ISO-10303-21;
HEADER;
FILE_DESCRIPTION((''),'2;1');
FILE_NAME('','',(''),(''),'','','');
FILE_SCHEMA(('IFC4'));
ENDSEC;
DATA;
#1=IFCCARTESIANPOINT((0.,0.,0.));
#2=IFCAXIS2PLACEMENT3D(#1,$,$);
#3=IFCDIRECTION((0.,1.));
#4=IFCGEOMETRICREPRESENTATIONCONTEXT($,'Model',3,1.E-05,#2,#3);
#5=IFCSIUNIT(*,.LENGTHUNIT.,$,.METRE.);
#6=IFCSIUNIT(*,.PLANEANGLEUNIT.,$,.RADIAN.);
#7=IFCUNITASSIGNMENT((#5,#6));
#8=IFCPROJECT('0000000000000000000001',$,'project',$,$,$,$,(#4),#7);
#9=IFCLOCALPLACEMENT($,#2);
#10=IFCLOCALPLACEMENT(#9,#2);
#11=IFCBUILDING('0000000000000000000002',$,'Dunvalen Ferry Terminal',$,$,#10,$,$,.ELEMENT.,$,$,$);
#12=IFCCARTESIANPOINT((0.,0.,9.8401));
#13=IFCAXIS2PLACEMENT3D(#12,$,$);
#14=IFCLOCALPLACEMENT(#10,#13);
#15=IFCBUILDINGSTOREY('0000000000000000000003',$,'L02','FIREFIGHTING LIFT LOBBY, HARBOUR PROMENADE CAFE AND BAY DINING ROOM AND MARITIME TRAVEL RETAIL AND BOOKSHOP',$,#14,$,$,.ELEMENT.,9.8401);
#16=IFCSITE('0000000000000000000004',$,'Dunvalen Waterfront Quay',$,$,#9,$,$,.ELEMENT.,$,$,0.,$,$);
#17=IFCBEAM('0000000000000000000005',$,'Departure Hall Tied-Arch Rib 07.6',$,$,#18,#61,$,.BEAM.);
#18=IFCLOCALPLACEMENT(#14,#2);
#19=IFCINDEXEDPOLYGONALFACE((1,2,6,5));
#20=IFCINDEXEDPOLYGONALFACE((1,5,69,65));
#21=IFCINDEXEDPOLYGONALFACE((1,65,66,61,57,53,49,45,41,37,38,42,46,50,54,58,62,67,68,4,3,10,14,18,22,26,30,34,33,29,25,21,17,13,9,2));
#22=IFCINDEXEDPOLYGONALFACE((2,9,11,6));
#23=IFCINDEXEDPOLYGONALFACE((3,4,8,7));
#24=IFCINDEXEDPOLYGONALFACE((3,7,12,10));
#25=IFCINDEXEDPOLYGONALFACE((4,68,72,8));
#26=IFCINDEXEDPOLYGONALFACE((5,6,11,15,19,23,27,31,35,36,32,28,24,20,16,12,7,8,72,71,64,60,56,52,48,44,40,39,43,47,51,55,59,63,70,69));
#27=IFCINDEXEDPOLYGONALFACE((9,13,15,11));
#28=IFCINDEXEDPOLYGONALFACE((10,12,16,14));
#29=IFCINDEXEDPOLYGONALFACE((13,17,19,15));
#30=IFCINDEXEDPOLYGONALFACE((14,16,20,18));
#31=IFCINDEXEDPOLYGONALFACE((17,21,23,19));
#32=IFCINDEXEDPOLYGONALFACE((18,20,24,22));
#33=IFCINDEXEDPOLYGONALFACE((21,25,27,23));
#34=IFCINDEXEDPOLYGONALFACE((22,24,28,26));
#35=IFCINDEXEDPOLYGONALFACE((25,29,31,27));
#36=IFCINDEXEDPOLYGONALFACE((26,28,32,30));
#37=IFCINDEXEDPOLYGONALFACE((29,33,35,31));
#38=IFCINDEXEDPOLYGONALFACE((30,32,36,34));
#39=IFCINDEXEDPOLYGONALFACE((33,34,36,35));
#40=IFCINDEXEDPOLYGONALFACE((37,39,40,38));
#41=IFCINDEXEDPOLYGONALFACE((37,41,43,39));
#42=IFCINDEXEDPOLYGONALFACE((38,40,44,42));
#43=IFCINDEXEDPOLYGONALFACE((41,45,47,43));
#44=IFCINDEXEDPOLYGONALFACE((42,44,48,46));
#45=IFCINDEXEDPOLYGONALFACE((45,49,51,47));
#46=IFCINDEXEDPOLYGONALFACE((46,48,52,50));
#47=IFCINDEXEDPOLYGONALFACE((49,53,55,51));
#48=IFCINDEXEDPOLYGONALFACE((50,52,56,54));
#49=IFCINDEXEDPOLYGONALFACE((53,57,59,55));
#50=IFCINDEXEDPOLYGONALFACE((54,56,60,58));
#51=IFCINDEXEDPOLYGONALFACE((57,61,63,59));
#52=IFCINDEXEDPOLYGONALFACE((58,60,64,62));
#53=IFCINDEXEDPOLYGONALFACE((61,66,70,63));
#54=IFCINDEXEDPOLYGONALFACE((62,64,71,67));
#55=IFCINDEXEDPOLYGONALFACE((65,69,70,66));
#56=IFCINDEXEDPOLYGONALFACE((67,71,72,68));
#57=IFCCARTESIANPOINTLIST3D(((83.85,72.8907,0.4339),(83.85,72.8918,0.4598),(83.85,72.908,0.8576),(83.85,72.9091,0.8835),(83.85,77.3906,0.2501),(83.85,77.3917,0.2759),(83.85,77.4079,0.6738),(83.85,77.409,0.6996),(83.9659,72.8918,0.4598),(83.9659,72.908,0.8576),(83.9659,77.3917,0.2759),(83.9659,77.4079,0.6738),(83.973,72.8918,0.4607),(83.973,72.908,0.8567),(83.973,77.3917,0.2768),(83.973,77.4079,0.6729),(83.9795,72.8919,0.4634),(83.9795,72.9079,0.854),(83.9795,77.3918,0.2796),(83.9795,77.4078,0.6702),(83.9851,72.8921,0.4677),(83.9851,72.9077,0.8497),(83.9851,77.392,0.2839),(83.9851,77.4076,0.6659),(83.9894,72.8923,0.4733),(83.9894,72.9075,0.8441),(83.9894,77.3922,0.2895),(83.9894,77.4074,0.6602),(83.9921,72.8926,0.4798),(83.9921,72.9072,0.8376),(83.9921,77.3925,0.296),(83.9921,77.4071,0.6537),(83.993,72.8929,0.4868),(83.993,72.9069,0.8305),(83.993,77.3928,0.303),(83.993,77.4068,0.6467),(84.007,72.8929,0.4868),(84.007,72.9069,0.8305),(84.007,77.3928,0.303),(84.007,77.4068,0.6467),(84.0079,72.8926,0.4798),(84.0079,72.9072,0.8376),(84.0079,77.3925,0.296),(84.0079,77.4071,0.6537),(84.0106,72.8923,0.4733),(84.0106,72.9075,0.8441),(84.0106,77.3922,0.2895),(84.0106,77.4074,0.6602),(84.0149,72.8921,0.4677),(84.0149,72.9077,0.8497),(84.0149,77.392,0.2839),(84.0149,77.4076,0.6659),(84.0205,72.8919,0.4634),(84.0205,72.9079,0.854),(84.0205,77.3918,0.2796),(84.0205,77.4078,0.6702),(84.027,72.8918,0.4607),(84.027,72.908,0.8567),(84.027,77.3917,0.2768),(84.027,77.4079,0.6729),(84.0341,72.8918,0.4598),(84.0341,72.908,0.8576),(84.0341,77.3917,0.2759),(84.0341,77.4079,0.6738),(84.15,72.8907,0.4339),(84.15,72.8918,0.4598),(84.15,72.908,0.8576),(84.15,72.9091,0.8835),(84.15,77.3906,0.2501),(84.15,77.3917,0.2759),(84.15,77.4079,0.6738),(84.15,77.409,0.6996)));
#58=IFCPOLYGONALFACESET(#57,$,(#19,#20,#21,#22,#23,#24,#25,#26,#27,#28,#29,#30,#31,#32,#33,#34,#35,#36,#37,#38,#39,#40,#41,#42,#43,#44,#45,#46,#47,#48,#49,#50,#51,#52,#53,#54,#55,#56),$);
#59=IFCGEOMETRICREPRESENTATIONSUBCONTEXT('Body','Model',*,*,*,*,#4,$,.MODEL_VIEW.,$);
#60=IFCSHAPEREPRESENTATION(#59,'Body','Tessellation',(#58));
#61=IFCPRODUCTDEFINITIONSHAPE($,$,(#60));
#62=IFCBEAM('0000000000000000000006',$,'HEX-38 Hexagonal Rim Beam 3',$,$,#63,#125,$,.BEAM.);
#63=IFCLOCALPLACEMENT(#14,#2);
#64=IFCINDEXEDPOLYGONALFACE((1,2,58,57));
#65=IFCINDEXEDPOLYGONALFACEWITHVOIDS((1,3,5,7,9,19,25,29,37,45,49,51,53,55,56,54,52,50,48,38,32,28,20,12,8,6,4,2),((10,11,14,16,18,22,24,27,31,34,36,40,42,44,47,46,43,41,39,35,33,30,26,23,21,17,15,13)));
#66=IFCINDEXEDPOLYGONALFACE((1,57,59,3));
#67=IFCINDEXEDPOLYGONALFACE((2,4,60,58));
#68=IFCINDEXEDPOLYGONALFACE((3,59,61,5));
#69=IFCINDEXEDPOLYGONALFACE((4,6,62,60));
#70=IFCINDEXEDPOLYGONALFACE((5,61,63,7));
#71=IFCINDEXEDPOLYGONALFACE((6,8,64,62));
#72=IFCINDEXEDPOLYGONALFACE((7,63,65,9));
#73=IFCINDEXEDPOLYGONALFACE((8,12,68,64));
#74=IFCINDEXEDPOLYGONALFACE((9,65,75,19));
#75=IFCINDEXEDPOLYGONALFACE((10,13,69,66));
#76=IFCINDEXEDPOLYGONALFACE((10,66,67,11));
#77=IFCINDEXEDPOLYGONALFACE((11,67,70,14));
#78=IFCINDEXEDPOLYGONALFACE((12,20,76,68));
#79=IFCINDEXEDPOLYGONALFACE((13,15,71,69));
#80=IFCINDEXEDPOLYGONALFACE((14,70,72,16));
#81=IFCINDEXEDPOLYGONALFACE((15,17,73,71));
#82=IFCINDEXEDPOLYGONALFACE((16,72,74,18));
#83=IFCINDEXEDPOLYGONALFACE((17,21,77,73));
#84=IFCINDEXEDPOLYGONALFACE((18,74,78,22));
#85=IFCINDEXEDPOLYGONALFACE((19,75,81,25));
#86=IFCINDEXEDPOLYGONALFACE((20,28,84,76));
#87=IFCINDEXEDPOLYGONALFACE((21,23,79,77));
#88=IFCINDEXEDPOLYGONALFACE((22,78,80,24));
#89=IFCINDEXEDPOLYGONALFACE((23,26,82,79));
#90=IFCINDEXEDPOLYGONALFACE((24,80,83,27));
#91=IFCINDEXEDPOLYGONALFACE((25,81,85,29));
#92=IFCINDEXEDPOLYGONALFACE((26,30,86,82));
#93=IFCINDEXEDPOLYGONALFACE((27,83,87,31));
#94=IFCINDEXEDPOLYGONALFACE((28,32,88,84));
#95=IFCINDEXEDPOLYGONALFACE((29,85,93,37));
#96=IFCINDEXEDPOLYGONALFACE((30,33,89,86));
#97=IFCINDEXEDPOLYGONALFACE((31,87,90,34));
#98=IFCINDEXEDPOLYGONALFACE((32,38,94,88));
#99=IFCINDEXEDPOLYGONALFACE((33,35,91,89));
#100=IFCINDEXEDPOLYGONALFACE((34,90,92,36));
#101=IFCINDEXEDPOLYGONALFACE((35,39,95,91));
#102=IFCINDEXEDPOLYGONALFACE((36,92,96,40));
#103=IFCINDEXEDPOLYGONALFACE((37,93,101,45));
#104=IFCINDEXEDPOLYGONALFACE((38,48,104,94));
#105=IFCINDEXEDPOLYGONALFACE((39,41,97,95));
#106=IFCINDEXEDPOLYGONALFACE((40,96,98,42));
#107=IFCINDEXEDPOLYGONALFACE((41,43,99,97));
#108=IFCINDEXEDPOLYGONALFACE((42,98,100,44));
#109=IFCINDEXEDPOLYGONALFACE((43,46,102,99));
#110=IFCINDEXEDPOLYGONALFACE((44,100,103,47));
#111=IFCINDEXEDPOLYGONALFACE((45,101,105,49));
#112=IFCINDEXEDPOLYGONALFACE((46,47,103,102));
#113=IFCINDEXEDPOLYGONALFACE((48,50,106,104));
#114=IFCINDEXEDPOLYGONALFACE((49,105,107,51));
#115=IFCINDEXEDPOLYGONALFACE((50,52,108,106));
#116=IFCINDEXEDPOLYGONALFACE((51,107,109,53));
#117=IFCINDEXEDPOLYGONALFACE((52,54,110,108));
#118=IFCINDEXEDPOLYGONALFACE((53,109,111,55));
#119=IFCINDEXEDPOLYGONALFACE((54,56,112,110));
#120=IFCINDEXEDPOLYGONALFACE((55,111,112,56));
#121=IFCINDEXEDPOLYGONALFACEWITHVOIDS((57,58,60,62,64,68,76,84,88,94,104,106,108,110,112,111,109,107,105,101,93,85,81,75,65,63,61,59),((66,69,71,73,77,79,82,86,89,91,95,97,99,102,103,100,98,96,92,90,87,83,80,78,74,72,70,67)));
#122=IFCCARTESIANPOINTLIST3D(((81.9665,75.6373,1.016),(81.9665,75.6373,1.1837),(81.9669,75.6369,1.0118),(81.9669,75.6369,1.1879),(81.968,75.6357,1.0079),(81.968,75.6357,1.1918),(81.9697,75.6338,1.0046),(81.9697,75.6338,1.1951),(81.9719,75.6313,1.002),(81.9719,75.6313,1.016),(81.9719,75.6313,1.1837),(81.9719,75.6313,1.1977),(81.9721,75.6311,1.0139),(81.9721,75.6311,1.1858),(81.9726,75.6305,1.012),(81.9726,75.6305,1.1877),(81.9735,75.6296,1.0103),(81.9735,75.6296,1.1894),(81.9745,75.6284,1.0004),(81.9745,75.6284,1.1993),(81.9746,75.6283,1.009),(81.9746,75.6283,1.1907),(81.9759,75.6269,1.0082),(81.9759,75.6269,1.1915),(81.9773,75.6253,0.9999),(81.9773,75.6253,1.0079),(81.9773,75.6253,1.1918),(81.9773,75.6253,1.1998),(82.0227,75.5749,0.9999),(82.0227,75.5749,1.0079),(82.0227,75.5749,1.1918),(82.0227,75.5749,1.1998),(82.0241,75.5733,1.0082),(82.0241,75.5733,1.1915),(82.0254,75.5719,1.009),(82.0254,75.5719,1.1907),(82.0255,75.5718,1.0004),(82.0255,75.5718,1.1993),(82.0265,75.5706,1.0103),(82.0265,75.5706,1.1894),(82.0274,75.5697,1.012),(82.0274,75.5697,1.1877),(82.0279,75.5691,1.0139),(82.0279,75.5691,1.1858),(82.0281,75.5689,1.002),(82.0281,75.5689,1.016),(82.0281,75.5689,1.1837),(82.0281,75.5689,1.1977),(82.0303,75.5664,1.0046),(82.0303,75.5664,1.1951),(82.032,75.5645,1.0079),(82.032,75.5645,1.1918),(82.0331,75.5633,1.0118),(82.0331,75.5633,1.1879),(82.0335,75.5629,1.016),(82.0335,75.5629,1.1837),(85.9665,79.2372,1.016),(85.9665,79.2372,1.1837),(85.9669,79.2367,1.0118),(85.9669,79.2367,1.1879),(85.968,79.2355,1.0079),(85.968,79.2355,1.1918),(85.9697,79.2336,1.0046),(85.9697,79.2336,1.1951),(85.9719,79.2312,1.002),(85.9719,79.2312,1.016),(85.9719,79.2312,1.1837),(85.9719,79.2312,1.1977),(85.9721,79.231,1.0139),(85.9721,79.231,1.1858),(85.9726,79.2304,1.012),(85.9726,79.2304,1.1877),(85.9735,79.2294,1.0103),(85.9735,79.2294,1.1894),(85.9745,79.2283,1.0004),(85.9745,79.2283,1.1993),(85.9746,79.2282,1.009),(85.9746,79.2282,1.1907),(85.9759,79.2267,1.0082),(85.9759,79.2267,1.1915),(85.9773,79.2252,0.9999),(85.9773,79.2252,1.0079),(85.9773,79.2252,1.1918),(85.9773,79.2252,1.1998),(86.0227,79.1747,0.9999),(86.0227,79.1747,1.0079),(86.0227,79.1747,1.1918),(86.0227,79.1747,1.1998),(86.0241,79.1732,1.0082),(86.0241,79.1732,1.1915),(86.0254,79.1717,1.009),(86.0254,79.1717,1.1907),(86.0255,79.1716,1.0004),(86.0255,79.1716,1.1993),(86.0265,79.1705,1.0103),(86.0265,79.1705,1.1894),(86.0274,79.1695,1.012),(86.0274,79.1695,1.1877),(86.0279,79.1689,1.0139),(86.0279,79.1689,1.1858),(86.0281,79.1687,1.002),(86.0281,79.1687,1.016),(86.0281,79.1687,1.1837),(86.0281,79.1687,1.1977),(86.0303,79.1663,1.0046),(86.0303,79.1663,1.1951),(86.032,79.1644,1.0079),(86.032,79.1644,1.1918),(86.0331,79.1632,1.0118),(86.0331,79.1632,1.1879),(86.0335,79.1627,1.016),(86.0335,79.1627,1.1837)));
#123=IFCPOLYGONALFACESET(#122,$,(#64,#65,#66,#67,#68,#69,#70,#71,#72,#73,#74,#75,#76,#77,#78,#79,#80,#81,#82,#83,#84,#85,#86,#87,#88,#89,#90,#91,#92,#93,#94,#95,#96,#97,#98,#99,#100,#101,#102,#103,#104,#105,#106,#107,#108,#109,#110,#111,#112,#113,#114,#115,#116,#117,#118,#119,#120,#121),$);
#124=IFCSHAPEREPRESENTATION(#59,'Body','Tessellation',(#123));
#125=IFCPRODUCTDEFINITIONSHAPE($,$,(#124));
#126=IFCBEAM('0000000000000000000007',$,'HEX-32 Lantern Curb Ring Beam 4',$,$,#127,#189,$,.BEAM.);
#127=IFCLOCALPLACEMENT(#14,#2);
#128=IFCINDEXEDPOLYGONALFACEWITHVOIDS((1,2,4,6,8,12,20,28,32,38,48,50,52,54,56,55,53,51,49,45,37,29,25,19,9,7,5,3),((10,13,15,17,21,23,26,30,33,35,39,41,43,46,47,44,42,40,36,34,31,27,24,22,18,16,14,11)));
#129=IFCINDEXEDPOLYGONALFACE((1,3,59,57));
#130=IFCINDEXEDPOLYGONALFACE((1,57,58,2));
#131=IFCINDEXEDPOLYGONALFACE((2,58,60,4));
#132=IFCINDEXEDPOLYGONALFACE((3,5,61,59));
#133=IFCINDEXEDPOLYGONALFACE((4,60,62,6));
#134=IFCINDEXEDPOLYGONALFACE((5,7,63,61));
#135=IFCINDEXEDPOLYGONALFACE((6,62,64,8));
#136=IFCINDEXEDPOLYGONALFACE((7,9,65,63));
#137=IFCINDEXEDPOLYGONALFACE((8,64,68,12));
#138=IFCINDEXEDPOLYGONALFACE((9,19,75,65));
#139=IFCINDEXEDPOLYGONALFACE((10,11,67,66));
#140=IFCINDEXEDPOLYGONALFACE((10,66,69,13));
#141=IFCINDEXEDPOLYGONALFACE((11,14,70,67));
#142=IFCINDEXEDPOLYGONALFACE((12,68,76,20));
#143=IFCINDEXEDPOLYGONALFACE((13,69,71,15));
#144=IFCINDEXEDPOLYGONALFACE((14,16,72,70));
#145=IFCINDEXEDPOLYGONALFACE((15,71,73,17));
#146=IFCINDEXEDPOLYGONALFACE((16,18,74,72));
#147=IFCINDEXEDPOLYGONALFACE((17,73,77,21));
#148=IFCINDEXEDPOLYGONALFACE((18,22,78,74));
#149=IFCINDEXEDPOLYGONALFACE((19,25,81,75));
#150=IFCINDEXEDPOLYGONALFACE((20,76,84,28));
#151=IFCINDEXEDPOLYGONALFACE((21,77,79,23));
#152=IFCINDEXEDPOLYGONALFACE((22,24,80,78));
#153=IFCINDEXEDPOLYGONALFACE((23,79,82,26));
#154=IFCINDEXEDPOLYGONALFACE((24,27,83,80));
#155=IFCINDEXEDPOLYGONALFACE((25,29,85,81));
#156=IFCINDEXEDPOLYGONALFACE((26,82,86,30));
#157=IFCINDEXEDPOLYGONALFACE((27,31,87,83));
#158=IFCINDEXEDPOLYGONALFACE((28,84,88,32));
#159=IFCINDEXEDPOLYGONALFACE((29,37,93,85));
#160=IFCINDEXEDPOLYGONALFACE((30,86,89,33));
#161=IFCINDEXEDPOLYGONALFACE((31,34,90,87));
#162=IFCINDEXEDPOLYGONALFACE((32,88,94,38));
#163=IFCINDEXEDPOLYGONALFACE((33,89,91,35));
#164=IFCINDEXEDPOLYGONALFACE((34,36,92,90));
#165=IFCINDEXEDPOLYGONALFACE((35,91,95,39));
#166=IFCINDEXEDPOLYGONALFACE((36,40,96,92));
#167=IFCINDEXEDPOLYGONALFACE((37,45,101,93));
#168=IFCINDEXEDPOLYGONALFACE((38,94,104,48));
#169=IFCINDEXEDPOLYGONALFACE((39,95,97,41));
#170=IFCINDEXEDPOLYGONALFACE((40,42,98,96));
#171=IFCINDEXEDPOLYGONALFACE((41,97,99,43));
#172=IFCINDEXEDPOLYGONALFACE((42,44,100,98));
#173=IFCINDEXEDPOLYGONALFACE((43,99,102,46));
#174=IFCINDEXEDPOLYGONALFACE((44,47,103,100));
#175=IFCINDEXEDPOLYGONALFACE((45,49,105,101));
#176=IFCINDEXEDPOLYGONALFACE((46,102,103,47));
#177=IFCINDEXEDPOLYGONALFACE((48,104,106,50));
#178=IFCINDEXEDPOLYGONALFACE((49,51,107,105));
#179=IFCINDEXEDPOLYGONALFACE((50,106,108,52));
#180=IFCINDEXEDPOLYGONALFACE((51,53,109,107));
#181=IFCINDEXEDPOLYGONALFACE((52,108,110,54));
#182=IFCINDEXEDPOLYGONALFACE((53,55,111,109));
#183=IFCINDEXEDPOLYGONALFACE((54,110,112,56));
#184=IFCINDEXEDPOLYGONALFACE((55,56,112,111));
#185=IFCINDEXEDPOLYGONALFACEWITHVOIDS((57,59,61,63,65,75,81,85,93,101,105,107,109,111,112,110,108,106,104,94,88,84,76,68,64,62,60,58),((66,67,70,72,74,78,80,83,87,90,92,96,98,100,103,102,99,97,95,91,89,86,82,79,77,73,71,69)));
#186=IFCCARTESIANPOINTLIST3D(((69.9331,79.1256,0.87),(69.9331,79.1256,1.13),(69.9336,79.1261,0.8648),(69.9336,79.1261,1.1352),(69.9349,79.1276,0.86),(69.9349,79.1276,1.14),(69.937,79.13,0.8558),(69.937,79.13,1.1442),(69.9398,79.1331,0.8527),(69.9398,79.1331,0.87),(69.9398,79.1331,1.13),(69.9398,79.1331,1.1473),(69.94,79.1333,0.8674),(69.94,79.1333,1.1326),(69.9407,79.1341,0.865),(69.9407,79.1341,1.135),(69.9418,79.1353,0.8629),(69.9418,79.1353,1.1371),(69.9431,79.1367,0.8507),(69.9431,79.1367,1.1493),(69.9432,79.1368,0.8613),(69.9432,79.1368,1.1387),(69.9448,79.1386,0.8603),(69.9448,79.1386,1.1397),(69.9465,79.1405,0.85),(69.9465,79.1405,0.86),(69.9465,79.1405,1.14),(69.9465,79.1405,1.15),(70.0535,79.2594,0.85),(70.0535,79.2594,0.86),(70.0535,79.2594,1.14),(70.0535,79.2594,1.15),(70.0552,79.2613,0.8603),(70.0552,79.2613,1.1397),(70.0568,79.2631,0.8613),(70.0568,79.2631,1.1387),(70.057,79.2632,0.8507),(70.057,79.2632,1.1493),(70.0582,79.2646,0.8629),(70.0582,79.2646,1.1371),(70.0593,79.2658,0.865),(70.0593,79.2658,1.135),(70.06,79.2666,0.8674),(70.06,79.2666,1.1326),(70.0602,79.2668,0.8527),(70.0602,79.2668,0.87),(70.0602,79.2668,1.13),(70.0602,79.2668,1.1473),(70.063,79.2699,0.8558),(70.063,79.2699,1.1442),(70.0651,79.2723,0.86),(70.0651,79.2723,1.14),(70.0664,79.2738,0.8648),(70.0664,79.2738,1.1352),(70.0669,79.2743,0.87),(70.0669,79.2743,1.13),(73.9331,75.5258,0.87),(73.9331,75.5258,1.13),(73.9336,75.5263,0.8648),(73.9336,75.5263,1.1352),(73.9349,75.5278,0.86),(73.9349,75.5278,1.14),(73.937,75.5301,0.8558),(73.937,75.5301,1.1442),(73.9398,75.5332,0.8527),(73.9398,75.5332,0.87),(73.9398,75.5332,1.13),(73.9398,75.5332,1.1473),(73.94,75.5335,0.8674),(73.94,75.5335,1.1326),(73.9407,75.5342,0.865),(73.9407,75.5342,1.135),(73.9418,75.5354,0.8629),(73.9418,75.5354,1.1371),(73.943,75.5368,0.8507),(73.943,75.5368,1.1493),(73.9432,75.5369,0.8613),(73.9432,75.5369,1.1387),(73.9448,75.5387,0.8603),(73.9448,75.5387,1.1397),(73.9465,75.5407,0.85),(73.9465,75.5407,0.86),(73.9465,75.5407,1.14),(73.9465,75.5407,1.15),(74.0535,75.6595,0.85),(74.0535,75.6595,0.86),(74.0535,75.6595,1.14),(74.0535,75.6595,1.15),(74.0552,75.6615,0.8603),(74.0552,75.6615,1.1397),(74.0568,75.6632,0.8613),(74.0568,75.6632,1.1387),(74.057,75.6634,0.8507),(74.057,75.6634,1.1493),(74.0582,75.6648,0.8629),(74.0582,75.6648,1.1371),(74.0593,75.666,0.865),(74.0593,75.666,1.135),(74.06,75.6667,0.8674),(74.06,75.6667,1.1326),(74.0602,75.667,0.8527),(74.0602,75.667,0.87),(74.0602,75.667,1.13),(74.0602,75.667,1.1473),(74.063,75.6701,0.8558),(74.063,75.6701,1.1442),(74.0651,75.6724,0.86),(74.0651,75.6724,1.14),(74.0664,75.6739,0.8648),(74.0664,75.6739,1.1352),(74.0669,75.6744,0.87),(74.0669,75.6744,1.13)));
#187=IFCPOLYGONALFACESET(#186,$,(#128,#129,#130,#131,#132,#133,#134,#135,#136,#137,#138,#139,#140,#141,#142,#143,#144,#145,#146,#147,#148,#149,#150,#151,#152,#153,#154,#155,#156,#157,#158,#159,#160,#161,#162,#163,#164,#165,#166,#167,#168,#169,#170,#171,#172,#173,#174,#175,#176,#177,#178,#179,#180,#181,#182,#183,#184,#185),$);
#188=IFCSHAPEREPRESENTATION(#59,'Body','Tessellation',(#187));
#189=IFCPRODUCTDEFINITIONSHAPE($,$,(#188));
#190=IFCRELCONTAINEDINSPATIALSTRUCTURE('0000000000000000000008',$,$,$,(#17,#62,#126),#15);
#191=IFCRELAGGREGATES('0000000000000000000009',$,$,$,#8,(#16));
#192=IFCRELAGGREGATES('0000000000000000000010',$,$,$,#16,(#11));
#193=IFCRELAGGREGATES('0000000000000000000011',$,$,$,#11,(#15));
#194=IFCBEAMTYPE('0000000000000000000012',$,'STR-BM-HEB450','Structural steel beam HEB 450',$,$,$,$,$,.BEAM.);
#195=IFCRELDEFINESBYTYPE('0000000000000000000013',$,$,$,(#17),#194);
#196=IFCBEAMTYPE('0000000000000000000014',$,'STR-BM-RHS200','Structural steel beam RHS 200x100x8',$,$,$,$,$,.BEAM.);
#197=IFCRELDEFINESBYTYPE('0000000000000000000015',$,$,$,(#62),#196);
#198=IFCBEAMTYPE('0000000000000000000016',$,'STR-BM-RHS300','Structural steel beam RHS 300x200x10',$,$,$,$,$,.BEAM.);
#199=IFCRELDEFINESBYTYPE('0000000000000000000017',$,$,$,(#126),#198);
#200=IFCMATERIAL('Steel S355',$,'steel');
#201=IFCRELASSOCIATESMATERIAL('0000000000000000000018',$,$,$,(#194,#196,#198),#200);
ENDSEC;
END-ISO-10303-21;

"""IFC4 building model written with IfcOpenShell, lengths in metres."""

from ifc_helpers import new_model, si_unit, direction, frame, origin, origin_2d, place, context, subcontext, project, spatial, hollow_rectangle, i_section, extrude, material, material_profile, profile_set, type_object, element, save


model = new_model("IFC4")

# Units and contexts
model_context = context("Model", 3, precision=1e-05, world=origin(), true_north=direction((0.0, 1.0)))
body_context = subcontext(model_context, "Body", "Model", "MODEL_VIEW")
ifc_project = project(units=[si_unit("LENGTHUNIT", "METRE"), si_unit("PLANEANGLEUNIT", "RADIAN")], contexts=[model_context])

# Site, building, storey
site_placement = place(None, origin())
site = spatial("IfcSite", under=ifc_project, at=site_placement, Name="Dunvalen Waterfront Quay", CompositionType="ELEMENT", RefElevation=0.0)
building_placement = place(site_placement, origin())
building = spatial("IfcBuilding", under=site, at=building_placement, Name="Dunvalen Ferry Terminal", CompositionType="ELEMENT")
storey_placement = place(building_placement, frame((0.0, 0.0, 9.8401)))
storey = spatial("IfcBuildingStorey", under=building, at=storey_placement, Name="L02", Description="FIREFIGHTING LIFT LOBBY, HARBOUR PROMENADE CAFE AND BAY DINING ROOM AND MARITIME TRAVEL RETAIL AND BOOKSHOP", CompositionType="ELEMENT", Elevation=9.8401)

# Beams
ifc_material_1 = material(Name="Steel S355", Category="steel")
ifc_material_profile_1 = material_profile(ifc_material_1, i_section(OverallWidth=0.3, OverallDepth=0.45, WebThickness=0.0139, FlangeThickness=0.0259, FilletRadius=0.0271, at=origin_2d()), Name="Steel S355")
ifc_profile_set_1 = profile_set([ifc_material_profile_1], Name="Steel S355")
beam_type_1 = type_object("IfcBeamType", Name="STR-BM-HEB450", Description="Structural steel beam HEB 450", PredefinedType="BEAM", material=ifc_profile_set_1)
beam_1_placement = place(storey_placement, frame((84.0, 72.8999, 0.6587), z_axis=(0.0, 0.999167, -0.040819), x_axis=(-1.0, 0.0, 0.0)))
element("IfcBeam", 1, at=beam_1_placement, inside=storey, type_object=beam_type_1, Name="Departure Hall Tied-Arch Rib 07.6", PredefinedType="BEAM", context=body_context, shape_type="SweptSolid", body=[
    extrude(i_section(OverallWidth=0.3, OverallDepth=0.45, WebThickness=0.0139, FlangeThickness=0.0259, FilletRadius=0.0271, at=origin_2d()), origin(), (0.0, 0.0, 1.0), 4.5037),
])
ifc_material_profile_2 = material_profile(ifc_material_1, hollow_rectangle(XDim=0.1001, YDim=0.2, WallThickness=0.0081, InnerFilletRadius=0.0081, OuterFilletRadius=0.0161, at=origin_2d()), Name="Steel S355")
ifc_profile_set_2 = profile_set([ifc_material_profile_2], Name="Steel S355")
beam_type_2 = type_object("IfcBeamType", Name="STR-BM-RHS200", Description="Structural steel beam RHS 200x100x8", PredefinedType="BEAM", material=ifc_profile_set_2)
beam_2_placement = place(storey_placement, frame((82.0, 75.6001, 1.0999), z_axis=(0.743308, 0.66895, 0.0), x_axis=(-0.66895, 0.743308, 0.0)))
element("IfcBeam", 2, at=beam_2_placement, inside=storey, type_object=beam_type_2, Name="HEX-38 Hexagonal Rim Beam 3", PredefinedType="BEAM", context=body_context, shape_type="SweptSolid", body=[
    extrude(hollow_rectangle(XDim=0.1001, YDim=0.2, WallThickness=0.0081, InnerFilletRadius=0.0081, OuterFilletRadius=0.0161, at=origin_2d()), origin(), (0.0, 0.0, 1.0), 5.3813),
])
ifc_material_profile_3 = material_profile(ifc_material_1, hollow_rectangle(XDim=0.2, YDim=0.3, WallThickness=0.01, InnerFilletRadius=0.01, OuterFilletRadius=0.02, at=origin_2d()), Name="Steel S355")
ifc_profile_set_3 = profile_set([ifc_material_profile_3], Name="Steel S355")
beam_type_3 = type_object("IfcBeamType", Name="STR-BM-RHS300", Description="Structural steel beam RHS 300x200x10", PredefinedType="BEAM", material=ifc_profile_set_3)
beam_3_placement = place(storey_placement, frame((74.0, 75.6001, 1.0), z_axis=(-0.743308, 0.66895, 0.0), x_axis=(-0.66895, -0.743308, 0.0)))
element("IfcBeam", 3, at=beam_3_placement, inside=storey, type_object=beam_type_3, Name="HEX-32 Lantern Curb Ring Beam 4", PredefinedType="BEAM", context=body_context, shape_type="SweptSolid", body=[
    extrude(hollow_rectangle(XDim=0.2, YDim=0.3, WallThickness=0.01, InnerFilletRadius=0.01, OuterFilletRadius=0.02, at=origin_2d()), origin(), (0.0, 0.0, 1.0), 5.3813),
])

save(model, "model.ifc")
